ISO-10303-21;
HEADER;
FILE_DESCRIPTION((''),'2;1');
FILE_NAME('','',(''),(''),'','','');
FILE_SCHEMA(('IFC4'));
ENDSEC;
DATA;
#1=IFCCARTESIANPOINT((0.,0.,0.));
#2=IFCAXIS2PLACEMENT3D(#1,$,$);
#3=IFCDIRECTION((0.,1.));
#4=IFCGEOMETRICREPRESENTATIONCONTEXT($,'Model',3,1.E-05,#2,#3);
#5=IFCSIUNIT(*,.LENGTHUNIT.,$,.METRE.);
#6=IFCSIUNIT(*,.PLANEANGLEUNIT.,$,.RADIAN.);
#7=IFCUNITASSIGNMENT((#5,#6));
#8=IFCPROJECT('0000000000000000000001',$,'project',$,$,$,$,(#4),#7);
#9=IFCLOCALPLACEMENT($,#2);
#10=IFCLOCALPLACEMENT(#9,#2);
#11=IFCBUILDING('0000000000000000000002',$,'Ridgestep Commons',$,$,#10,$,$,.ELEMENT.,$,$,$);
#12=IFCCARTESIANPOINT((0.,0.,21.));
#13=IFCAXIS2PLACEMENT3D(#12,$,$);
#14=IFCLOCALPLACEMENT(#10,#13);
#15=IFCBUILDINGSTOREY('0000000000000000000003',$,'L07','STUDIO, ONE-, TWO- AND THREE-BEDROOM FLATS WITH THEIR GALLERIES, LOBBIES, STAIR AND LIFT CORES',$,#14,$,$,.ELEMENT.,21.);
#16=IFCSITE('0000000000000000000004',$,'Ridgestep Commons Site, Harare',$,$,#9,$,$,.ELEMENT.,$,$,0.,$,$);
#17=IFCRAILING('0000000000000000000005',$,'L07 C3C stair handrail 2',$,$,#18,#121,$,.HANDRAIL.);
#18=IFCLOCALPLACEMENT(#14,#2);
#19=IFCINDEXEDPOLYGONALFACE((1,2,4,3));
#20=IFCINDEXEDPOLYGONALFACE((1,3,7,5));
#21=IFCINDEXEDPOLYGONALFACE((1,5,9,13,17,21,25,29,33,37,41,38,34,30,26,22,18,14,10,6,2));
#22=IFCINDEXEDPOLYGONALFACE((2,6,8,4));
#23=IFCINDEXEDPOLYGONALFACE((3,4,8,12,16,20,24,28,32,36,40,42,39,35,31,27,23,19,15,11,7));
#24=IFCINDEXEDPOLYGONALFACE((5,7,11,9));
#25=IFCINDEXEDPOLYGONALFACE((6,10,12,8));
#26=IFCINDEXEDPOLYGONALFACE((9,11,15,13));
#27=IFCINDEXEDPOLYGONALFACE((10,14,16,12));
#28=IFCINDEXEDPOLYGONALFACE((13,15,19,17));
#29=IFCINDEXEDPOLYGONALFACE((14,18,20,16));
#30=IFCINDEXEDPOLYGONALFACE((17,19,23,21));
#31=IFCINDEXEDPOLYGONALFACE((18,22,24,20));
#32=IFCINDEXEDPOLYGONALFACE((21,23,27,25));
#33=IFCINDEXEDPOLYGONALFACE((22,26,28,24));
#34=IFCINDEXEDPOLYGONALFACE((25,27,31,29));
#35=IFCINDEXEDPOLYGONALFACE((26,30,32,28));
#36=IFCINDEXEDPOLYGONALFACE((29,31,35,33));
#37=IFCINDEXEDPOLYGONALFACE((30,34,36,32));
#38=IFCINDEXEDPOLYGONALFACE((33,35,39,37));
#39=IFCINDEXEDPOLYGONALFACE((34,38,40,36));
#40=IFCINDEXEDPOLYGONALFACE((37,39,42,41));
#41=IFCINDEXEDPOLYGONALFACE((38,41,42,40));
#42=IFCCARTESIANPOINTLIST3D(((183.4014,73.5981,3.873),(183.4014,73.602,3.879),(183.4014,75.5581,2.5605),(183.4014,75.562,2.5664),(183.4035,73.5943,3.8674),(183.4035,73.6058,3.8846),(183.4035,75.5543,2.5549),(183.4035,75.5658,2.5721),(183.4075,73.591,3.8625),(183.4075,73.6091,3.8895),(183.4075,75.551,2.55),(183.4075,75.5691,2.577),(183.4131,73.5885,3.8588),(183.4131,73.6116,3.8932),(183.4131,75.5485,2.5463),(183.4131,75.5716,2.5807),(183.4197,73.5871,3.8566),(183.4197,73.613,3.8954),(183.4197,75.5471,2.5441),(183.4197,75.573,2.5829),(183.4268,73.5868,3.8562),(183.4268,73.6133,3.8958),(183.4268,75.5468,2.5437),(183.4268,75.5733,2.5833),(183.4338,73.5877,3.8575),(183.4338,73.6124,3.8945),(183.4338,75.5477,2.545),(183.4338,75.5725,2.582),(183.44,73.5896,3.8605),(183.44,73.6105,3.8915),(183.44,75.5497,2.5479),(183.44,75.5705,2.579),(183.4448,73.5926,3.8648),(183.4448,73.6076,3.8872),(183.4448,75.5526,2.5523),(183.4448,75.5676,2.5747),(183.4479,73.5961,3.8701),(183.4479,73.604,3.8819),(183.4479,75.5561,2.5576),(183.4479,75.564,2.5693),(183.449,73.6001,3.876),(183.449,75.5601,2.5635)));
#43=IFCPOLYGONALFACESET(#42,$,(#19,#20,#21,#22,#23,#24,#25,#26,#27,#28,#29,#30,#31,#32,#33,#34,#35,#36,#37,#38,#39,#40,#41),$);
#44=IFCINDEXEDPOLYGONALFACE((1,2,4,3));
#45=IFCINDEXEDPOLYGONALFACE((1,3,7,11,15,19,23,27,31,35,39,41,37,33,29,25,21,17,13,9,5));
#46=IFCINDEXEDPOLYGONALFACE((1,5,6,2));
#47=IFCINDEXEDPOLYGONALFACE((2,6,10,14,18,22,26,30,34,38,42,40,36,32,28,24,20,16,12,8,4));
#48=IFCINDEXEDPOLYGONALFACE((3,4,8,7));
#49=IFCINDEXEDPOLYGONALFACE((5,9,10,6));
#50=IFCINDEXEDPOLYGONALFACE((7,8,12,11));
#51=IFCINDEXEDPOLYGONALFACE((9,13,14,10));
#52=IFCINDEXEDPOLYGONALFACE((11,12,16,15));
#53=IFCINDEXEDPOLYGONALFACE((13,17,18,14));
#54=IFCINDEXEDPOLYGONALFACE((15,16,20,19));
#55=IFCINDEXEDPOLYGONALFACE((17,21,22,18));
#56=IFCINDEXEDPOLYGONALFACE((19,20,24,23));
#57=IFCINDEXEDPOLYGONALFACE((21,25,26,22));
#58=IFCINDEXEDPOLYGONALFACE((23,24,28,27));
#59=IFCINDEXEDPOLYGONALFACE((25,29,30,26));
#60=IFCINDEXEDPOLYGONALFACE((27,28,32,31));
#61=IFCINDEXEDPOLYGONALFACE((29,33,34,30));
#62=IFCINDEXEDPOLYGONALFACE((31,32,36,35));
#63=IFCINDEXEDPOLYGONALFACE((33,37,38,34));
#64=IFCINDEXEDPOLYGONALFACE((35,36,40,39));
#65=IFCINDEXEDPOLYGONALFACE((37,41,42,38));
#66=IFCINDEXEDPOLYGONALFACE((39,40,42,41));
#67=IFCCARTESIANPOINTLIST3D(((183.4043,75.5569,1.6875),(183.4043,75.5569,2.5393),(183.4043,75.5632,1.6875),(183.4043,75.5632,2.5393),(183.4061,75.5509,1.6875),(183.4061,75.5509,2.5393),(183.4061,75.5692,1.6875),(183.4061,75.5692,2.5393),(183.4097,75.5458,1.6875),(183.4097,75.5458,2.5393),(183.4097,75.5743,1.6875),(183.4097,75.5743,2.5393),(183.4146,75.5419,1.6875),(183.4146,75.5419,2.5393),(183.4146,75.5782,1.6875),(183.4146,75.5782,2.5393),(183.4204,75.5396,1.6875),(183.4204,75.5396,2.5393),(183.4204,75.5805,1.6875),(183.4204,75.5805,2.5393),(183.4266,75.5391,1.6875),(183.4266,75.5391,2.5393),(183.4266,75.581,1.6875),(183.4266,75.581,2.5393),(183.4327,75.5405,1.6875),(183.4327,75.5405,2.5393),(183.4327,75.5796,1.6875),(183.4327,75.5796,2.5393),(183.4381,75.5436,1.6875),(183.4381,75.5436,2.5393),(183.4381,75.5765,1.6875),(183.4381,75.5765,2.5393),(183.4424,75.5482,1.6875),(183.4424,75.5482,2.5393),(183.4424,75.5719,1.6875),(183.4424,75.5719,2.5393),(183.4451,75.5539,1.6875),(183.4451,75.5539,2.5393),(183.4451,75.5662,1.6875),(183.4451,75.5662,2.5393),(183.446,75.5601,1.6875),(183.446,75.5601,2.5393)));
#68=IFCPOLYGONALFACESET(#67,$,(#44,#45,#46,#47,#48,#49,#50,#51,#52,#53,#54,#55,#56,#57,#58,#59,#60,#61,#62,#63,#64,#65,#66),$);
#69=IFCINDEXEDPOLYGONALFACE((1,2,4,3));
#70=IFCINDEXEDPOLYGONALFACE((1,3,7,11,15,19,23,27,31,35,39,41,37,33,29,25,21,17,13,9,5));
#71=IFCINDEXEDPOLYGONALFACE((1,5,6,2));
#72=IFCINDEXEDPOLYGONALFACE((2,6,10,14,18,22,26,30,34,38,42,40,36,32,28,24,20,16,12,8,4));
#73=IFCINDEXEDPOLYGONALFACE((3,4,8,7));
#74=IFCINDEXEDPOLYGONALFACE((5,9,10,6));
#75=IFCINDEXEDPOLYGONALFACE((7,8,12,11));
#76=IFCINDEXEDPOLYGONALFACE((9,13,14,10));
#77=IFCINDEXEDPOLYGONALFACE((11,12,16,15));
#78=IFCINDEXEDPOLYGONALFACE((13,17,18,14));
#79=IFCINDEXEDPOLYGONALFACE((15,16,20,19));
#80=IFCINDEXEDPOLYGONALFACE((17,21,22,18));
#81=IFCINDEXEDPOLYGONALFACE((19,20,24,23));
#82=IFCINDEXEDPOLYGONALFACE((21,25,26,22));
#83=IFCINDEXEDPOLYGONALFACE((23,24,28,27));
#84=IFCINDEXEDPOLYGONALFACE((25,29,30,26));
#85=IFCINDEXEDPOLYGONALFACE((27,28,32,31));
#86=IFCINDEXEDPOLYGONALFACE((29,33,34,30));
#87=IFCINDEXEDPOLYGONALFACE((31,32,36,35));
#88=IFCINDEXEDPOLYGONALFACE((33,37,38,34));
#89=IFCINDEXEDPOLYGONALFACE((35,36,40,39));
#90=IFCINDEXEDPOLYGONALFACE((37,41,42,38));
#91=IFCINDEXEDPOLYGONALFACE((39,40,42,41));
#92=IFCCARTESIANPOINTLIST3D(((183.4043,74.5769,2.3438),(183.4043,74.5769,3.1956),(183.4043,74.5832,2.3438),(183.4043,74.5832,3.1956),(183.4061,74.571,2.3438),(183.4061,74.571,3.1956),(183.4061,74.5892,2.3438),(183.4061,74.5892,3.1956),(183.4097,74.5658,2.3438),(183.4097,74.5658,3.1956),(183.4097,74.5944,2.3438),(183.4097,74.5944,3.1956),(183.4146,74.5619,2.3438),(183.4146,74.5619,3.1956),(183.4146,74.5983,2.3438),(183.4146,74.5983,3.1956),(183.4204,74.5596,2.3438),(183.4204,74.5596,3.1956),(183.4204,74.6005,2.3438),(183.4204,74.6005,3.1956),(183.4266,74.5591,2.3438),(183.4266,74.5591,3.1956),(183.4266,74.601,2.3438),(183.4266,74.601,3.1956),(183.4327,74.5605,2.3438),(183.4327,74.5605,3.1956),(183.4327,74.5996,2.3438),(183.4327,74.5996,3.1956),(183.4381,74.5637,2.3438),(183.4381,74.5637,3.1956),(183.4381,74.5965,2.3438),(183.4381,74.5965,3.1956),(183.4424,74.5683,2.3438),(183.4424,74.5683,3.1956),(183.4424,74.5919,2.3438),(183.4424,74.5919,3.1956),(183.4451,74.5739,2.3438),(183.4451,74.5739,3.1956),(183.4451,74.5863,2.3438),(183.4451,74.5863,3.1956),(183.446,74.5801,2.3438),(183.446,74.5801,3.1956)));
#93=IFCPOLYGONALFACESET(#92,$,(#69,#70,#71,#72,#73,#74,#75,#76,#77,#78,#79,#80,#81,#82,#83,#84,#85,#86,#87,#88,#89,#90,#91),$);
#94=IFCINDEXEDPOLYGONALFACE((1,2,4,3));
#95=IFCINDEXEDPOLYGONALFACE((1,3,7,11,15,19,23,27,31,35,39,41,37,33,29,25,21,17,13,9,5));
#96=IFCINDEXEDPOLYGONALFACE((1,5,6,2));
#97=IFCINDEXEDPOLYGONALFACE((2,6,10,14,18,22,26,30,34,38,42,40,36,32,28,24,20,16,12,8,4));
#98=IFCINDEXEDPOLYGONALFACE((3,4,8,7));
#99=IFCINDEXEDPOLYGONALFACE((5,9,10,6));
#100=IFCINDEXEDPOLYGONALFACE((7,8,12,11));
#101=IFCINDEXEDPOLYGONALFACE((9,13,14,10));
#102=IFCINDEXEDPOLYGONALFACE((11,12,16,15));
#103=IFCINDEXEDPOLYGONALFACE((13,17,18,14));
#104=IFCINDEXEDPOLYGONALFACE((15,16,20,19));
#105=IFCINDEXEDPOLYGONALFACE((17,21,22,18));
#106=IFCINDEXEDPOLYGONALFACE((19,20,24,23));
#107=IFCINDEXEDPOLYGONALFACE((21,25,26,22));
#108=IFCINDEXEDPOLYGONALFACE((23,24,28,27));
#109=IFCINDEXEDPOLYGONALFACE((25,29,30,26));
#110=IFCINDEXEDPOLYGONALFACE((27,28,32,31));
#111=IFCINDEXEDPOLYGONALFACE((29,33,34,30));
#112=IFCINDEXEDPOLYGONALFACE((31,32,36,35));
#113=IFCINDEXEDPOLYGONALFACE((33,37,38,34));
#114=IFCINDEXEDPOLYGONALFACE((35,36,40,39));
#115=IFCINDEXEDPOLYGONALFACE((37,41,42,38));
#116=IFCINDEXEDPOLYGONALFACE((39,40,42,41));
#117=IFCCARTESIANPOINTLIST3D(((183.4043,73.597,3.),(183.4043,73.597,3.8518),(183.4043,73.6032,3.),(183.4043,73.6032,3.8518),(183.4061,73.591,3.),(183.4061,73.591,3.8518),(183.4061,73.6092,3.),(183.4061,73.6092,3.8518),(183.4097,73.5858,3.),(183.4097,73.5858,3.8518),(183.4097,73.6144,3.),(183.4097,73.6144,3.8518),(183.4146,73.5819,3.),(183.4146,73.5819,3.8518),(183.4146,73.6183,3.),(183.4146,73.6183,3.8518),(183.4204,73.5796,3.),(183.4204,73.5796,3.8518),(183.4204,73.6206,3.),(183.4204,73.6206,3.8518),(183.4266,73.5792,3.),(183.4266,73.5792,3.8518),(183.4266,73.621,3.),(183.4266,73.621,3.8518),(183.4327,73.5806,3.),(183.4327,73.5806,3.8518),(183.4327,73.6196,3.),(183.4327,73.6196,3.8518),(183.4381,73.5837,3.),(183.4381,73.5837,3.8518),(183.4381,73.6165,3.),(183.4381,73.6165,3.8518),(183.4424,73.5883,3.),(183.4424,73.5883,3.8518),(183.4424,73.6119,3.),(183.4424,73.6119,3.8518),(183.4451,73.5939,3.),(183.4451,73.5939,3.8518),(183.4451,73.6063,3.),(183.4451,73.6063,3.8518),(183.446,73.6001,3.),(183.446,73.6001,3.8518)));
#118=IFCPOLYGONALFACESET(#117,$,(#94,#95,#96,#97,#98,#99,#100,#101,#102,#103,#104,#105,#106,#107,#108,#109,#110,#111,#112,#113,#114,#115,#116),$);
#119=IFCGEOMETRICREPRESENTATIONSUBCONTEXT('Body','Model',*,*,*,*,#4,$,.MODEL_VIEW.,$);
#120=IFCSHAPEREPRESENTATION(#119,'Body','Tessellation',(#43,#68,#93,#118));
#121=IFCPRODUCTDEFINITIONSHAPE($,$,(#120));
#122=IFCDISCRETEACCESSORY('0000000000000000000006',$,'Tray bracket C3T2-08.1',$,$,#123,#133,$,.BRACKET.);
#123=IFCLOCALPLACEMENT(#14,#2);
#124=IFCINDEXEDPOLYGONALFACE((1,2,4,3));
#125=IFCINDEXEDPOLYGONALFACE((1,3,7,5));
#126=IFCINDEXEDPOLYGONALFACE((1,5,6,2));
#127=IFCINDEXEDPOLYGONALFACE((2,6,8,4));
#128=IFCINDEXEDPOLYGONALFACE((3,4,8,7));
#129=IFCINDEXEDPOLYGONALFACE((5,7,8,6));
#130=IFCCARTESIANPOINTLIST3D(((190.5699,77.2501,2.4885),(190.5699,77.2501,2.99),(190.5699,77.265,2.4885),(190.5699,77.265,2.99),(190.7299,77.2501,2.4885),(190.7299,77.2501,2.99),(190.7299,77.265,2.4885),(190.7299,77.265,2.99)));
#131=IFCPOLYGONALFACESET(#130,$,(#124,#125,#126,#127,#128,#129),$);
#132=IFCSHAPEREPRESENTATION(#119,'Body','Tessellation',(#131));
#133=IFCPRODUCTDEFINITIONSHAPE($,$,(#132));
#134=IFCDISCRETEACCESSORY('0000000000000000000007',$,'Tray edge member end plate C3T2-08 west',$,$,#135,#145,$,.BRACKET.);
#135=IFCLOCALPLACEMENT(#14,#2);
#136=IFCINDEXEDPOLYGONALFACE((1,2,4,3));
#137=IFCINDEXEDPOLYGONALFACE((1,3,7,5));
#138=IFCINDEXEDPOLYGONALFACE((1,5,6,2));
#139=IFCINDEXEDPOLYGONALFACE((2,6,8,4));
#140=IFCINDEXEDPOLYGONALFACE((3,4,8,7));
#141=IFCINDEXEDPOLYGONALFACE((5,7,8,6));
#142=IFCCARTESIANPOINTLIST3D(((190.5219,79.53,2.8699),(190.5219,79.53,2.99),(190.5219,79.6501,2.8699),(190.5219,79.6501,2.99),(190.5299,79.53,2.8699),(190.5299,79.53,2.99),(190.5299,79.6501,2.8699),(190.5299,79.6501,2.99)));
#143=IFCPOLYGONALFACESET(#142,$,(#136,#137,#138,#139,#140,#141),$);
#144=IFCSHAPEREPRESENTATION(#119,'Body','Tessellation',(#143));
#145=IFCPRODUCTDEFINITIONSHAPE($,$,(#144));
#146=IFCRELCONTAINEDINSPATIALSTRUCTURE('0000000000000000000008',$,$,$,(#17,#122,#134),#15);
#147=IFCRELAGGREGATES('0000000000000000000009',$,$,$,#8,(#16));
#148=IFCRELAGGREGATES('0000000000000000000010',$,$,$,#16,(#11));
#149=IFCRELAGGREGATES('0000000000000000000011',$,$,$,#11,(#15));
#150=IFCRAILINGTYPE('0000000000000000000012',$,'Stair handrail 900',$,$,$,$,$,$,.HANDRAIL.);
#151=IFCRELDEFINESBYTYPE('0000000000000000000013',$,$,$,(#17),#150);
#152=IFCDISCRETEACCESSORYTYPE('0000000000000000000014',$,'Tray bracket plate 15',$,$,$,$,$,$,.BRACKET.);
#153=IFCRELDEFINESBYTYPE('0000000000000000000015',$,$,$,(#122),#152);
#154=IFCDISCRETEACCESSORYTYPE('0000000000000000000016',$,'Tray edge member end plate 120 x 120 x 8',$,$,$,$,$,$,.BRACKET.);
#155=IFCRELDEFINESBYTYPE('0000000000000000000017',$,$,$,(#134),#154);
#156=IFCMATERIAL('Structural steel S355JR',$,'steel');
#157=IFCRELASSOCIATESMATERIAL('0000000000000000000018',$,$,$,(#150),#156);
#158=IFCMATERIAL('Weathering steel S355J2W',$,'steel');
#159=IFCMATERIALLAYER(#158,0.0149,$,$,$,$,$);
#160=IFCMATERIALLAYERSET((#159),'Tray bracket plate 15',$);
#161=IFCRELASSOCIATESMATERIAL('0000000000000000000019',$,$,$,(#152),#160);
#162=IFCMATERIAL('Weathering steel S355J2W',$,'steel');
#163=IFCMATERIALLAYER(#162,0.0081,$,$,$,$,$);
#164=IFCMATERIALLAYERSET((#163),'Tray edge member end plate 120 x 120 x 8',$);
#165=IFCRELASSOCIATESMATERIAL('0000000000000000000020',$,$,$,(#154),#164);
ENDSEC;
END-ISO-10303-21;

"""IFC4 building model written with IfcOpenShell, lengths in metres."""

from ifc_helpers import new_model, si_unit, direction, frame, origin, origin_2d, place, context, subcontext, project, spatial, rectangle, circle, extrude, material, layer, layer_set, type_object, element, save


model = new_model("IFC4")

# Units and contexts
model_context = context("Model", 3, precision=1e-05, world=origin(), true_north=direction((0.0, 1.0)))
body_context = subcontext(model_context, "Body", "Model", "MODEL_VIEW")
ifc_project = project(units=[si_unit("LENGTHUNIT", "METRE"), si_unit("PLANEANGLEUNIT", "RADIAN")], contexts=[model_context])

# Site, building, storey
site_placement = place(None, origin())
site = spatial("IfcSite", under=ifc_project, at=site_placement, Name="Ridgestep Commons Site, Harare", CompositionType="ELEMENT", RefElevation=0.0)
building_placement = place(site_placement, origin())
building = spatial("IfcBuilding", under=site, at=building_placement, Name="Ridgestep Commons", CompositionType="ELEMENT")
storey_placement = place(building_placement, frame((0.0, 0.0, 21.0)))
storey = spatial("IfcBuildingStorey", under=building, at=storey_placement, Name="L07", Description="STUDIO, ONE-, TWO- AND THREE-BEDROOM FLATS WITH THEIR GALLERIES, LOBBIES, STAIR AND LIFT CORES", CompositionType="ELEMENT", Elevation=21.0)

# Railing
ifc_material_1 = material(Name="Structural steel S355JR", Category="steel")
railing_type_1 = type_object("IfcRailingType", Name="Stair handrail 900", PredefinedType="HANDRAIL", material=ifc_material_1)
railing_1_placement = place(storey_placement, frame((183.425, 75.5601, 1.6875)))
element("IfcRailing", 1, at=railing_1_placement, inside=storey, type_object=railing_type_1, Name="L07 C3C stair handrail 2", PredefinedType="HANDRAIL", context=body_context, shape_type="SweptSolid", body=[
    extrude(circle(Radius=0.0239, at=origin_2d()), frame((0.0, 0.0, 0.876), z_axis=(0.0, -0.830902, 0.556419), x_axis=(1.0, 0.0, 0.0)), (0.0, 0.0, 1.0), 2.3589),
    extrude(circle(Radius=0.021, at=origin_2d()), origin(), (0.0, 0.0, 1.0), 0.8518),
    extrude(circle(Radius=0.021, at=origin_2d()), frame((0.0, -0.98, 0.6562)), (0.0, 0.0, 1.0), 0.8518),
    extrude(circle(Radius=0.021, at=origin_2d()), frame((0.0, -1.96, 1.3125)), (0.0, 0.0, 1.0), 0.8518),
])

# Discrete accessories
ifc_material_2 = material(Name="Weathering steel S355J2W", Category="steel")
ifc_layer_1 = layer(ifc_material_2, 0.0149)
ifc_layer_set_1 = layer_set([ifc_layer_1], Name="Tray bracket plate 15")
discrete_accessory_type_1 = type_object("IfcDiscreteAccessoryType", Name="Tray bracket plate 15", PredefinedType="BRACKET", material=ifc_layer_set_1)
discrete_accessory_1_placement = place(storey_placement, frame((190.6499, 77.2576, 2.4885), z_axis=(0.0, 0.0, 1.0), x_axis=(1.0, 0.0, 0.0)))
element("IfcDiscreteAccessory", 2, at=discrete_accessory_1_placement, inside=storey, type_object=discrete_accessory_type_1, Name="Tray bracket C3T2-08.1", PredefinedType="BRACKET", context=body_context, shape_type="SweptSolid", body=[
    extrude(rectangle(XDim=0.1599, YDim=0.0149, at=origin_2d()), origin(), (0.0, 0.0, 1.0), 0.5015),
])
ifc_material_3 = material(Name="Weathering steel S355J2W", Category="steel")
ifc_layer_2 = layer(ifc_material_3, 0.0081)
ifc_layer_set_2 = layer_set([ifc_layer_2], Name="Tray edge member end plate 120 x 120 x 8")
discrete_accessory_type_2 = type_object("IfcDiscreteAccessoryType", Name="Tray edge member end plate 120 x 120 x 8", PredefinedType="BRACKET", material=ifc_layer_set_2)
discrete_accessory_2_placement = place(storey_placement, frame((190.5259, 79.5901, 2.8699), z_axis=(0.0, 0.0, 1.0), x_axis=(1.0, 0.0, 0.0)))
element("IfcDiscreteAccessory", 3, at=discrete_accessory_2_placement, inside=storey, type_object=discrete_accessory_type_2, Name="Tray edge member end plate C3T2-08 west", PredefinedType="BRACKET", context=body_context, shape_type="SweptSolid", body=[
    extrude(rectangle(XDim=0.0081, YDim=0.1201, at=origin_2d()), origin(), (0.0, 0.0, 1.0), 0.1201),
])

save(model, "model.ifc")
